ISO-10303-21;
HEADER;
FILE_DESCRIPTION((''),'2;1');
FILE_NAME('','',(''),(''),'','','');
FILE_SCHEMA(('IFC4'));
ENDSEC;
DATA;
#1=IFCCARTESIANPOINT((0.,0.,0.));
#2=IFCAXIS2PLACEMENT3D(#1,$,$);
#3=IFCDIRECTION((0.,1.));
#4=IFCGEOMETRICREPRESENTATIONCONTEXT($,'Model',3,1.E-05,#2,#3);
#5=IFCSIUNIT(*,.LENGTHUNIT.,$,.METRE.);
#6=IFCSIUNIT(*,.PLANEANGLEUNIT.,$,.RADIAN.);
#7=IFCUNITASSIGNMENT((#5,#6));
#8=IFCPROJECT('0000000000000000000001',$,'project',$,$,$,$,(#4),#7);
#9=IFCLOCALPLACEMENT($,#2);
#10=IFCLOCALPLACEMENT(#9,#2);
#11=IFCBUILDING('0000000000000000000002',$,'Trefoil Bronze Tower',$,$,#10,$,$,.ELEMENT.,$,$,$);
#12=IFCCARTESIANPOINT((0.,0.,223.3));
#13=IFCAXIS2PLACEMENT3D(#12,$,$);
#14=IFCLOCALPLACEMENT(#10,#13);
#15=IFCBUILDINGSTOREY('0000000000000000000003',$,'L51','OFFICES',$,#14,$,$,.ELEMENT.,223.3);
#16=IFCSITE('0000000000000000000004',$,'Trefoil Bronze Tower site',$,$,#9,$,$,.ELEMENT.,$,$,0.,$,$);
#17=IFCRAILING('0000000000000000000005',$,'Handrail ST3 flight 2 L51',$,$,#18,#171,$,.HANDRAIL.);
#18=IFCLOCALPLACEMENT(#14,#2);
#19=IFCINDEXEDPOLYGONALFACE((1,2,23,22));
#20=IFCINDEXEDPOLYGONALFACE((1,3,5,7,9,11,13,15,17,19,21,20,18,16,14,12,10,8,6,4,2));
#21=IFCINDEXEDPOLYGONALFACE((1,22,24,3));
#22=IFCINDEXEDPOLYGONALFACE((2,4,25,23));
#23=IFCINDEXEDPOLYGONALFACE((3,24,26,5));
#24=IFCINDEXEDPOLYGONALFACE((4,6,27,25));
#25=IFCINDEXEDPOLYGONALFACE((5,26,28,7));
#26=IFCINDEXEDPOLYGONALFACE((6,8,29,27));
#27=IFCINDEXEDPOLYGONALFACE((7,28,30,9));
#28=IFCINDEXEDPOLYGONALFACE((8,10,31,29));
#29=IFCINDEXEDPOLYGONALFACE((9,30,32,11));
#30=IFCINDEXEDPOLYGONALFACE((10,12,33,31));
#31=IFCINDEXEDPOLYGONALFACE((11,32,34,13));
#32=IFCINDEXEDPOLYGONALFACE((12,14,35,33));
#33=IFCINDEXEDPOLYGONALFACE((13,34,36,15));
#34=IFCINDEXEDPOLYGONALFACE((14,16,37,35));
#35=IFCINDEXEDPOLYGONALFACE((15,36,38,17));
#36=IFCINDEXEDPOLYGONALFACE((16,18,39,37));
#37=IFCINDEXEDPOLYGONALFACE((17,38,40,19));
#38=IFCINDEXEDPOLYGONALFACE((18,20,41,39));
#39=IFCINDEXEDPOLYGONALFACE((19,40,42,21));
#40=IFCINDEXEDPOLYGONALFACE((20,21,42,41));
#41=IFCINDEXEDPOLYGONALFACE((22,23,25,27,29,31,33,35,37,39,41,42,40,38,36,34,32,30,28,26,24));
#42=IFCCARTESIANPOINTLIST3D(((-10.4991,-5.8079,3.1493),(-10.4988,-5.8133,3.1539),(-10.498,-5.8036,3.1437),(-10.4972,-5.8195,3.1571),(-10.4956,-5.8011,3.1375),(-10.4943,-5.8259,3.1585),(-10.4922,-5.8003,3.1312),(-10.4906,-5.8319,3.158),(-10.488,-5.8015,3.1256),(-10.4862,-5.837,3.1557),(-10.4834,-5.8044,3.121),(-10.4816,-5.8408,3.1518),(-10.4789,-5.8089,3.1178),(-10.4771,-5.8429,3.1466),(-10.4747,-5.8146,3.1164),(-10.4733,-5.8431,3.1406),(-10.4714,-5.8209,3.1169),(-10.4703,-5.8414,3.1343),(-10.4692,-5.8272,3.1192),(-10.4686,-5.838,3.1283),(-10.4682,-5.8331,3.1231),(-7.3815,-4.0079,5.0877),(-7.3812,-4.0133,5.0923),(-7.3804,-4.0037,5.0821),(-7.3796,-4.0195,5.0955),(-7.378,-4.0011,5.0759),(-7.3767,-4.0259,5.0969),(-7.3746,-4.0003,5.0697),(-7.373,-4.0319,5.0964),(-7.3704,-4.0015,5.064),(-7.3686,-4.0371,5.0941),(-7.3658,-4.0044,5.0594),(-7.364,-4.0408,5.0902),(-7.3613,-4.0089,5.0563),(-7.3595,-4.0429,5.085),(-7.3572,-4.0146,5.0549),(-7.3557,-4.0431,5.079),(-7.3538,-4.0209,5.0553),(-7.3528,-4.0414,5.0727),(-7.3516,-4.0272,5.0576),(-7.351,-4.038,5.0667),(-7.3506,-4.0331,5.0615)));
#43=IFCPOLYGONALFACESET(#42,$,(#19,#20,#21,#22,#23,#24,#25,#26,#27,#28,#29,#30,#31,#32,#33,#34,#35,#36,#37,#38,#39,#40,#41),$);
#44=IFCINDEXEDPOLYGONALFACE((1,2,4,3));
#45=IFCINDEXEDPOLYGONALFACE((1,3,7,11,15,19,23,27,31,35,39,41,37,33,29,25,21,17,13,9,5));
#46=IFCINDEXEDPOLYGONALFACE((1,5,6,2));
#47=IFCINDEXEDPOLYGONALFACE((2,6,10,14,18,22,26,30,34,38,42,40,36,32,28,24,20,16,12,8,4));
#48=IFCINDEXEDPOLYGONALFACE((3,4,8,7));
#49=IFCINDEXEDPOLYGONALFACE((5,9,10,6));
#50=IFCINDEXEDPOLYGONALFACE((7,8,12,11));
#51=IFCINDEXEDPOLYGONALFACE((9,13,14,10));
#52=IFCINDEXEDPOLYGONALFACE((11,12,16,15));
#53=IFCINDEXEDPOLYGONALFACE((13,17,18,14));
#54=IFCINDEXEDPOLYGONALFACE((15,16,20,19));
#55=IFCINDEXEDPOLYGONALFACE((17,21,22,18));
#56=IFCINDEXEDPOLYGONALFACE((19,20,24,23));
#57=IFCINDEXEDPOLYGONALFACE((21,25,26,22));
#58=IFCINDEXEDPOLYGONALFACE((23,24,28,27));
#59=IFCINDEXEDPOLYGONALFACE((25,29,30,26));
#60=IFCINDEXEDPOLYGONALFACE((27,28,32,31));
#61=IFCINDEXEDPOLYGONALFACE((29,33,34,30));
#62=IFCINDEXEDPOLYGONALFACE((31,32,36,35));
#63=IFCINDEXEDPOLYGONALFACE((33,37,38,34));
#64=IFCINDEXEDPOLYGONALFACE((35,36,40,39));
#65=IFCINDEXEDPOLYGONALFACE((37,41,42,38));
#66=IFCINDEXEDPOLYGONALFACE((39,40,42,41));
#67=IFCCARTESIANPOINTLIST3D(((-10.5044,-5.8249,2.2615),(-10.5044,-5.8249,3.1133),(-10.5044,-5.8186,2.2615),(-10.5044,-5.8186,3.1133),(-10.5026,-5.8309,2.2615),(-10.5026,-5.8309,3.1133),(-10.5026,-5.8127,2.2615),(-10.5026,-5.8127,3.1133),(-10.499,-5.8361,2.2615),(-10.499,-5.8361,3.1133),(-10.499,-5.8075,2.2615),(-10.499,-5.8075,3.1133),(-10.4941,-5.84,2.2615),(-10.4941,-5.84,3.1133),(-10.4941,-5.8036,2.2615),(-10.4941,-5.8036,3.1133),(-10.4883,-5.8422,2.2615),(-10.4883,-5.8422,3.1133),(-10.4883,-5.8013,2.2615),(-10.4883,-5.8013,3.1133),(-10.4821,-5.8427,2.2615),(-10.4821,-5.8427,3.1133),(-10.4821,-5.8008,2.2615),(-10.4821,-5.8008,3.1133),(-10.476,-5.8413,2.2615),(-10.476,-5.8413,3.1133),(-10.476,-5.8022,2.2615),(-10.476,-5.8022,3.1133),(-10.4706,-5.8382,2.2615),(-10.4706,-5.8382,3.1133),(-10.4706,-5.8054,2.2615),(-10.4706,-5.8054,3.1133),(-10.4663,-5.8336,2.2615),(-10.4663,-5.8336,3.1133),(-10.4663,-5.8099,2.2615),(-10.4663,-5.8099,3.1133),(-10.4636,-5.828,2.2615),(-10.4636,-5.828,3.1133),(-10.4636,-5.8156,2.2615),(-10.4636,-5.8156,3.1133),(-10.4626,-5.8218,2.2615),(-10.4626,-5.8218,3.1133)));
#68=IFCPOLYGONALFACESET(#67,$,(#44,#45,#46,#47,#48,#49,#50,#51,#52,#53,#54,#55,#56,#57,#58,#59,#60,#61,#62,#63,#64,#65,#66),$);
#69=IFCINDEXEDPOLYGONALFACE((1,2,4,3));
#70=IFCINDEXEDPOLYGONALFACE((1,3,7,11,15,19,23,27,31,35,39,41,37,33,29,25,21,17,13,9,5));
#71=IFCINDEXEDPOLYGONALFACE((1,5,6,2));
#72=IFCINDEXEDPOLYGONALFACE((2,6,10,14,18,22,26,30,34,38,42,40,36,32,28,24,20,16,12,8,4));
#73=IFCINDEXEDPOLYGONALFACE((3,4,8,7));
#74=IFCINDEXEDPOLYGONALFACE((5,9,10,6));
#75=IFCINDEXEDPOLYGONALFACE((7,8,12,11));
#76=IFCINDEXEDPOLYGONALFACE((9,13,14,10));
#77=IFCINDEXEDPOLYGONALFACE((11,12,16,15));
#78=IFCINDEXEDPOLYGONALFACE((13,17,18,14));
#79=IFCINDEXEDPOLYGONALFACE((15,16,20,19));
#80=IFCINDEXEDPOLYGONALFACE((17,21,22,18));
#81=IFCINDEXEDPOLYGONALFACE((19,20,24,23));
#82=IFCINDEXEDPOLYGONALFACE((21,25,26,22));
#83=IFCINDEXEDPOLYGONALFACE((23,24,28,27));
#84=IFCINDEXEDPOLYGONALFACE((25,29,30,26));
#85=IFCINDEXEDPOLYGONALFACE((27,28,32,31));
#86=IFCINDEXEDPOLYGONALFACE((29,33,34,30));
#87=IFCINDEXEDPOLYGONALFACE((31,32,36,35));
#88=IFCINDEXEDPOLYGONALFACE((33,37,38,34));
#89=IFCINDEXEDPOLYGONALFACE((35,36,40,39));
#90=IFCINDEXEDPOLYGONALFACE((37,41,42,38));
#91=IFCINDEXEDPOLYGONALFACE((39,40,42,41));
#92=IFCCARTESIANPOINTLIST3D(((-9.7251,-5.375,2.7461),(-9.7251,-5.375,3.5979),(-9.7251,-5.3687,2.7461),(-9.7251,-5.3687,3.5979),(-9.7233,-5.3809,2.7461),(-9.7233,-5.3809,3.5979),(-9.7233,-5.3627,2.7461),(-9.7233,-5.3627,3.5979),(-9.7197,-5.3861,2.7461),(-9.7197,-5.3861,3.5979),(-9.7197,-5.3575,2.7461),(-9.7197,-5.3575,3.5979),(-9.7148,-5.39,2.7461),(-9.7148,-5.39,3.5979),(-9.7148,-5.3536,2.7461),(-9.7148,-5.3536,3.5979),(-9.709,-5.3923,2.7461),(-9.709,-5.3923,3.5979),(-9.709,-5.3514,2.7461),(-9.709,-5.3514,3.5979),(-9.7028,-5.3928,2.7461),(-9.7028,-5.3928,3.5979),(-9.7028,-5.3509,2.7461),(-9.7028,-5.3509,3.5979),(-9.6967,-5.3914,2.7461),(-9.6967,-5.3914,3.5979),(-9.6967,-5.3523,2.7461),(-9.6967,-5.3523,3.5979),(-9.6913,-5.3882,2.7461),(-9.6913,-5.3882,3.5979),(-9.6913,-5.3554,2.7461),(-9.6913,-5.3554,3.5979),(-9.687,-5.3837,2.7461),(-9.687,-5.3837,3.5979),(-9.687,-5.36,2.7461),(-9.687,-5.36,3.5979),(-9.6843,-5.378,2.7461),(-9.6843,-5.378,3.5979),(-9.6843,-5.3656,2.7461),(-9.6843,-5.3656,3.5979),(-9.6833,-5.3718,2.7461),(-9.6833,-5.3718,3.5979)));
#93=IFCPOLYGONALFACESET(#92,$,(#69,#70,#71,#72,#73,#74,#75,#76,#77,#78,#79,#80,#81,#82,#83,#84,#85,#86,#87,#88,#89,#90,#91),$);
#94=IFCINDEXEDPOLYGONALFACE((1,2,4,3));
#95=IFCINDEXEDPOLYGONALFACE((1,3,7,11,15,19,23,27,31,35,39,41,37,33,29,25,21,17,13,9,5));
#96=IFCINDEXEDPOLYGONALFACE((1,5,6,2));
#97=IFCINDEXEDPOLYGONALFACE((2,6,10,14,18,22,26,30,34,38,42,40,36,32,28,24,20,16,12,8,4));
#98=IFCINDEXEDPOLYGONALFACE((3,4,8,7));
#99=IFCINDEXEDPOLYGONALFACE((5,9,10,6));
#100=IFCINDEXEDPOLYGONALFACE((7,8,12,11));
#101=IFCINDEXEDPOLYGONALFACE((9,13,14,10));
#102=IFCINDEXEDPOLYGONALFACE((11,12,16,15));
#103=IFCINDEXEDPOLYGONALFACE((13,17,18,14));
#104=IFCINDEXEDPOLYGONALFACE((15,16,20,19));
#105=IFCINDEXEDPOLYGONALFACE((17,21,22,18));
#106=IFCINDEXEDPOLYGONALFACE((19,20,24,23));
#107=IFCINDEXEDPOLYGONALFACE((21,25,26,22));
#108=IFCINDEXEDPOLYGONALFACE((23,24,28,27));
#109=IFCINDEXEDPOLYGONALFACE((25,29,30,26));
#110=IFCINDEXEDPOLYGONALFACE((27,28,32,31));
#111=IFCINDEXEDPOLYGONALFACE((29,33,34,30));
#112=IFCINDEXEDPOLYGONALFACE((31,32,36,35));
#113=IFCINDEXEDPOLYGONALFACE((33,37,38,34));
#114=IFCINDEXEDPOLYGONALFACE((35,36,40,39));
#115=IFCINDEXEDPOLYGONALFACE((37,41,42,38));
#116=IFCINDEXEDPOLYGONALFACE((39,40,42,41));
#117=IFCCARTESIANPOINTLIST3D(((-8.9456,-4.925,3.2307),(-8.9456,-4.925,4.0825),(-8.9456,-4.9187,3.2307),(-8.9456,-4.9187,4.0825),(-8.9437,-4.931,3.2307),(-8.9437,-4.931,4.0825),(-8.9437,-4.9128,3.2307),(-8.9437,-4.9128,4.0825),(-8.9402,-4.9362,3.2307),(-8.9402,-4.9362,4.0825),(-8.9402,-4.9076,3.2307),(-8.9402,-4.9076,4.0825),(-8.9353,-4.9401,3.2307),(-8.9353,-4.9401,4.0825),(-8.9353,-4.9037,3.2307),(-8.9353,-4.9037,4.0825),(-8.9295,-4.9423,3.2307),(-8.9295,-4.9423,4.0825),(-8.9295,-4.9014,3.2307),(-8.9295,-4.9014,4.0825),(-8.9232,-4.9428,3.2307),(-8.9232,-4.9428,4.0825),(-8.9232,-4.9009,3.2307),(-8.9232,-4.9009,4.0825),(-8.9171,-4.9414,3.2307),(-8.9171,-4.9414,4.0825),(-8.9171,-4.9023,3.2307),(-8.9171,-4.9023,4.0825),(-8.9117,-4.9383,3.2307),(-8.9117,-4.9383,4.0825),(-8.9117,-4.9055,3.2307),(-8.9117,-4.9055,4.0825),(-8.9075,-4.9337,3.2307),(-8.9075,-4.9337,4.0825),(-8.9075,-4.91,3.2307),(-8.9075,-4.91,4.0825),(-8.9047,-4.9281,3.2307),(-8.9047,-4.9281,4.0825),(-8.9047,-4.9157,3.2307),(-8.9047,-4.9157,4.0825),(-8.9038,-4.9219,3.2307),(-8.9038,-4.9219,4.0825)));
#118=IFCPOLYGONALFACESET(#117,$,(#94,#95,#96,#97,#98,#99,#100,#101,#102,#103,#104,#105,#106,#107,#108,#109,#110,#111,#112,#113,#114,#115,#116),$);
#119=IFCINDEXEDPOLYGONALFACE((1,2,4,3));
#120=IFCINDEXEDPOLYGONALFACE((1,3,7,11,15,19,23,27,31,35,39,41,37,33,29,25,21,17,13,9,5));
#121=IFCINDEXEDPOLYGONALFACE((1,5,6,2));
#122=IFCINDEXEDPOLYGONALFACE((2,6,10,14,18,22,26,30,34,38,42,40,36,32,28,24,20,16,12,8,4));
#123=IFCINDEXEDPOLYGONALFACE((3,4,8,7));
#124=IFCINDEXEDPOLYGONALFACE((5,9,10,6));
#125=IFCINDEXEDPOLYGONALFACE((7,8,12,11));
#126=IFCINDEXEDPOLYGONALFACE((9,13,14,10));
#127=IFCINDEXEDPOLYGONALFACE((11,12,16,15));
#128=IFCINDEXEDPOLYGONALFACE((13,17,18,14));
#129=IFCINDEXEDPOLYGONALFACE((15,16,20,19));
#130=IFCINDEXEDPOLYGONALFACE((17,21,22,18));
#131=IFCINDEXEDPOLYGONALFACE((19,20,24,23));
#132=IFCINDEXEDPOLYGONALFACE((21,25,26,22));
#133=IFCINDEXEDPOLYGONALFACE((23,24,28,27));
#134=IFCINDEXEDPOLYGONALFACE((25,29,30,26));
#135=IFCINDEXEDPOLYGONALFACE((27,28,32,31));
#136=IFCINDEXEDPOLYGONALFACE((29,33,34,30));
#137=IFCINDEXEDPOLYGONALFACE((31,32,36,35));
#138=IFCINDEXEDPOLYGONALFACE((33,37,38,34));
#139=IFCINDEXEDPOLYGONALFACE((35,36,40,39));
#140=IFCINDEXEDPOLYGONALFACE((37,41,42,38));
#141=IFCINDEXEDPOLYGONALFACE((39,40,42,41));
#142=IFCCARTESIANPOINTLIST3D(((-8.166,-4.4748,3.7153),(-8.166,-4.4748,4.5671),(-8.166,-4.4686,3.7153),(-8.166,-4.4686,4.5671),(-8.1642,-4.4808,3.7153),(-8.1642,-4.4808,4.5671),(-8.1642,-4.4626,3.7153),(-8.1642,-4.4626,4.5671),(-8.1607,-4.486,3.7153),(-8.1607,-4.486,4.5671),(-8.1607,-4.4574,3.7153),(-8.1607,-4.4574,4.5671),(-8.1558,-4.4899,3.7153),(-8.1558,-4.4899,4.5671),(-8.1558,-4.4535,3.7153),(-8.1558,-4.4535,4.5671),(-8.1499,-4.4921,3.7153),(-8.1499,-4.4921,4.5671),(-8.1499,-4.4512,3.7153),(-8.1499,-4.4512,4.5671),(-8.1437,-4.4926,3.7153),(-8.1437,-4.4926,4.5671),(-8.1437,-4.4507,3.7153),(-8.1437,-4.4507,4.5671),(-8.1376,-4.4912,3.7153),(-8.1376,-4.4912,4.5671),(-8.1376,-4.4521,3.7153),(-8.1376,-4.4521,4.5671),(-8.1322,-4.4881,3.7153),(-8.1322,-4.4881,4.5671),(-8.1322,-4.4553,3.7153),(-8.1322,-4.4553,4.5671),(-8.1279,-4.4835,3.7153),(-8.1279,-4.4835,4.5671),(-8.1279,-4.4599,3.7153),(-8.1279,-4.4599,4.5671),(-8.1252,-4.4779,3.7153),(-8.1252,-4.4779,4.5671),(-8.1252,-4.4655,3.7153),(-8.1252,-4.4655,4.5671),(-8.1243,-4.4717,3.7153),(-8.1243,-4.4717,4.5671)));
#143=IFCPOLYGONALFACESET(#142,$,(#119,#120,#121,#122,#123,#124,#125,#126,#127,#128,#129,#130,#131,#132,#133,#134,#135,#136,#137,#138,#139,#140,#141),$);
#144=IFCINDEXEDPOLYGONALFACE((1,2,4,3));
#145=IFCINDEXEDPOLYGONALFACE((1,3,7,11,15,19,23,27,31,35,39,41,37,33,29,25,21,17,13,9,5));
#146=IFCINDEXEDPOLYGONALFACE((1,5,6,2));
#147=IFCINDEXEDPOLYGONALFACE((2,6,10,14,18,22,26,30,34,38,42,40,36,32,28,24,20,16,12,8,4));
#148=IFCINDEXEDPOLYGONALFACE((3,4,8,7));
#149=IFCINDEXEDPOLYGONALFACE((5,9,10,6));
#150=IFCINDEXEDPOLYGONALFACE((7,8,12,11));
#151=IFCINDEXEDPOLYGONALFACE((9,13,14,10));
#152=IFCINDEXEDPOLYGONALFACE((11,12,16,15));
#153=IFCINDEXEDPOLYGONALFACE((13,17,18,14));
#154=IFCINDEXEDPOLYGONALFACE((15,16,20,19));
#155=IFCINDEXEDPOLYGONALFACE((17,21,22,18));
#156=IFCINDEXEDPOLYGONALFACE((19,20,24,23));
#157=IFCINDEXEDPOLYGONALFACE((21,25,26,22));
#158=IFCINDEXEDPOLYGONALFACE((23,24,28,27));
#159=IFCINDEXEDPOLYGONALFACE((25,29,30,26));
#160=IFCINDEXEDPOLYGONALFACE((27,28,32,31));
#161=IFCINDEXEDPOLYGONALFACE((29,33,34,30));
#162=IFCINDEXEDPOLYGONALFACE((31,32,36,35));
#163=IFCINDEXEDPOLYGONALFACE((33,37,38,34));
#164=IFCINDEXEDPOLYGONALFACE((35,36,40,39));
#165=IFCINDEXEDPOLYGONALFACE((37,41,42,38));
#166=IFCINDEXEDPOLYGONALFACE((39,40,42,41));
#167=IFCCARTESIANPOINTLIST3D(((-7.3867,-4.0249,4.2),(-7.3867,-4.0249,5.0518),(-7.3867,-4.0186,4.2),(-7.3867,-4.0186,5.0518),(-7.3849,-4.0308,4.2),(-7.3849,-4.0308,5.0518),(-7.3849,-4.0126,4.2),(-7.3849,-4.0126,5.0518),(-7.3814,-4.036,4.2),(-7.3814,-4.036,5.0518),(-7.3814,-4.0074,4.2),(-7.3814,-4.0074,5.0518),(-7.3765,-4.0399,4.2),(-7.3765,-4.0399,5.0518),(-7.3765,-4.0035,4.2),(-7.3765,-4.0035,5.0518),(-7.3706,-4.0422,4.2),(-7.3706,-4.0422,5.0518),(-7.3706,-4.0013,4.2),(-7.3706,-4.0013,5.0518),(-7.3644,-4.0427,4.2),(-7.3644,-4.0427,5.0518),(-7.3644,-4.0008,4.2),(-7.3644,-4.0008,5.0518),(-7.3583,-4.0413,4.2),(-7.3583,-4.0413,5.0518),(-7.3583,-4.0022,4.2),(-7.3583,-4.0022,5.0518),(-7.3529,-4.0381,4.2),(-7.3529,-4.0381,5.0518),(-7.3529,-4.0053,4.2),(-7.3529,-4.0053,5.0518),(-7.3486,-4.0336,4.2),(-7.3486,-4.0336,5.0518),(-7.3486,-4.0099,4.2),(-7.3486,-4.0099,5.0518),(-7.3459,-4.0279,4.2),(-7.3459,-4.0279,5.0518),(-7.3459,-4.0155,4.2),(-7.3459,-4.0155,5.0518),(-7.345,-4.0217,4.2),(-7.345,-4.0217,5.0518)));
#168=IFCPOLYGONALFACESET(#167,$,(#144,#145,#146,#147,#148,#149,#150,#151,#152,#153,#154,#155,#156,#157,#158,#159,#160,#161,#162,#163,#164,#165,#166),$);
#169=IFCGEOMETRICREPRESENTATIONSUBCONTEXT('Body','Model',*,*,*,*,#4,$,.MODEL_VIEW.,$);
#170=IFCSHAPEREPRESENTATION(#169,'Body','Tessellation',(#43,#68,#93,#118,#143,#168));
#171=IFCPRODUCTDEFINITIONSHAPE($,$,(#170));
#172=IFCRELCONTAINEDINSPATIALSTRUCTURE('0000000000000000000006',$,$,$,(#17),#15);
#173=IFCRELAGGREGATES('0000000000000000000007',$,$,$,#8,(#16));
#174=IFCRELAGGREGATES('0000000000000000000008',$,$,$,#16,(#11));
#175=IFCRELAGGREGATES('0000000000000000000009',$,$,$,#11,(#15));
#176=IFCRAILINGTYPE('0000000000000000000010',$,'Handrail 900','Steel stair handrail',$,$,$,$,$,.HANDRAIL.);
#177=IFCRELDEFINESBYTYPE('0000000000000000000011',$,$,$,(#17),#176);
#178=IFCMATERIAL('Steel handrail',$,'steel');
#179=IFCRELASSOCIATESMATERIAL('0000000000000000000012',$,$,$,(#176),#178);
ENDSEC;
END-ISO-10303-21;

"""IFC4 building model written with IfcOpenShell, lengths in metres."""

from ifc_helpers import new_model, si_unit, direction, frame, origin, origin_2d, place, context, subcontext, project, spatial, circle, extrude, material, type_object, element, save


model = new_model("IFC4")

# Units and contexts
model_context = context("Model", 3, precision=1e-05, world=origin(), true_north=direction((0.0, 1.0)))
body_context = subcontext(model_context, "Body", "Model", "MODEL_VIEW")
ifc_project = project(units=[si_unit("LENGTHUNIT", "METRE"), si_unit("PLANEANGLEUNIT", "RADIAN")], contexts=[model_context])

# Site, building, storey
site_placement = place(None, origin())
site = spatial("IfcSite", under=ifc_project, at=site_placement, Name="Trefoil Bronze Tower site", CompositionType="ELEMENT", RefElevation=0.0)
building_placement = place(site_placement, origin())
building = spatial("IfcBuilding", under=site, at=building_placement, Name="Trefoil Bronze Tower", CompositionType="ELEMENT")
storey_placement = place(building_placement, frame((0.0, 0.0, 223.3)))
storey = spatial("IfcBuildingStorey", under=building, at=storey_placement, Name="L51", Description="OFFICES", CompositionType="ELEMENT", Elevation=223.3)

# Railing
ifc_material_1 = material(Name="Steel handrail", Category="steel")
railing_type = type_object("IfcRailingType", Name="Handrail 900", Description="Steel stair handrail", PredefinedType="HANDRAIL", material=ifc_material_1)
railing_1_placement = place(storey_placement, frame((-10.4836, -5.8218, 2.2615)))
element("IfcRailing", 1, at=railing_1_placement, inside=storey, type_object=railing_type, Name="Handrail ST3 flight 2 L51", PredefinedType="HANDRAIL", context=body_context, shape_type="SweptSolid", body=[
    extrude(circle(Radius=0.0239, at=origin_2d()), frame((0.0, 0.0, 0.876), z_axis=(0.762503, 0.440246, 0.474102), x_axis=(-0.500012, 0.866018, 0.0)), (0.0, 0.0, 1.0), 4.0886),
    extrude(circle(Radius=0.021, at=origin_2d()), origin(), (0.0, 0.0, 1.0), 0.8518),
    extrude(circle(Radius=0.021, at=origin_2d()), frame((0.7793, 0.45, 0.4846)), (0.0, 0.0, 1.0), 0.8518),
    extrude(circle(Radius=0.021, at=origin_2d()), frame((1.5588, 0.8999, 0.9692)), (0.0, 0.0, 1.0), 0.8518),
    extrude(circle(Radius=0.021, at=origin_2d()), frame((2.3384, 1.3501, 1.4539)), (0.0, 0.0, 1.0), 0.8518),
    extrude(circle(Radius=0.021, at=origin_2d()), frame((3.1177, 1.8, 1.9385)), (0.0, 0.0, 1.0), 0.8518),
])

save(model, "model.ifc")
